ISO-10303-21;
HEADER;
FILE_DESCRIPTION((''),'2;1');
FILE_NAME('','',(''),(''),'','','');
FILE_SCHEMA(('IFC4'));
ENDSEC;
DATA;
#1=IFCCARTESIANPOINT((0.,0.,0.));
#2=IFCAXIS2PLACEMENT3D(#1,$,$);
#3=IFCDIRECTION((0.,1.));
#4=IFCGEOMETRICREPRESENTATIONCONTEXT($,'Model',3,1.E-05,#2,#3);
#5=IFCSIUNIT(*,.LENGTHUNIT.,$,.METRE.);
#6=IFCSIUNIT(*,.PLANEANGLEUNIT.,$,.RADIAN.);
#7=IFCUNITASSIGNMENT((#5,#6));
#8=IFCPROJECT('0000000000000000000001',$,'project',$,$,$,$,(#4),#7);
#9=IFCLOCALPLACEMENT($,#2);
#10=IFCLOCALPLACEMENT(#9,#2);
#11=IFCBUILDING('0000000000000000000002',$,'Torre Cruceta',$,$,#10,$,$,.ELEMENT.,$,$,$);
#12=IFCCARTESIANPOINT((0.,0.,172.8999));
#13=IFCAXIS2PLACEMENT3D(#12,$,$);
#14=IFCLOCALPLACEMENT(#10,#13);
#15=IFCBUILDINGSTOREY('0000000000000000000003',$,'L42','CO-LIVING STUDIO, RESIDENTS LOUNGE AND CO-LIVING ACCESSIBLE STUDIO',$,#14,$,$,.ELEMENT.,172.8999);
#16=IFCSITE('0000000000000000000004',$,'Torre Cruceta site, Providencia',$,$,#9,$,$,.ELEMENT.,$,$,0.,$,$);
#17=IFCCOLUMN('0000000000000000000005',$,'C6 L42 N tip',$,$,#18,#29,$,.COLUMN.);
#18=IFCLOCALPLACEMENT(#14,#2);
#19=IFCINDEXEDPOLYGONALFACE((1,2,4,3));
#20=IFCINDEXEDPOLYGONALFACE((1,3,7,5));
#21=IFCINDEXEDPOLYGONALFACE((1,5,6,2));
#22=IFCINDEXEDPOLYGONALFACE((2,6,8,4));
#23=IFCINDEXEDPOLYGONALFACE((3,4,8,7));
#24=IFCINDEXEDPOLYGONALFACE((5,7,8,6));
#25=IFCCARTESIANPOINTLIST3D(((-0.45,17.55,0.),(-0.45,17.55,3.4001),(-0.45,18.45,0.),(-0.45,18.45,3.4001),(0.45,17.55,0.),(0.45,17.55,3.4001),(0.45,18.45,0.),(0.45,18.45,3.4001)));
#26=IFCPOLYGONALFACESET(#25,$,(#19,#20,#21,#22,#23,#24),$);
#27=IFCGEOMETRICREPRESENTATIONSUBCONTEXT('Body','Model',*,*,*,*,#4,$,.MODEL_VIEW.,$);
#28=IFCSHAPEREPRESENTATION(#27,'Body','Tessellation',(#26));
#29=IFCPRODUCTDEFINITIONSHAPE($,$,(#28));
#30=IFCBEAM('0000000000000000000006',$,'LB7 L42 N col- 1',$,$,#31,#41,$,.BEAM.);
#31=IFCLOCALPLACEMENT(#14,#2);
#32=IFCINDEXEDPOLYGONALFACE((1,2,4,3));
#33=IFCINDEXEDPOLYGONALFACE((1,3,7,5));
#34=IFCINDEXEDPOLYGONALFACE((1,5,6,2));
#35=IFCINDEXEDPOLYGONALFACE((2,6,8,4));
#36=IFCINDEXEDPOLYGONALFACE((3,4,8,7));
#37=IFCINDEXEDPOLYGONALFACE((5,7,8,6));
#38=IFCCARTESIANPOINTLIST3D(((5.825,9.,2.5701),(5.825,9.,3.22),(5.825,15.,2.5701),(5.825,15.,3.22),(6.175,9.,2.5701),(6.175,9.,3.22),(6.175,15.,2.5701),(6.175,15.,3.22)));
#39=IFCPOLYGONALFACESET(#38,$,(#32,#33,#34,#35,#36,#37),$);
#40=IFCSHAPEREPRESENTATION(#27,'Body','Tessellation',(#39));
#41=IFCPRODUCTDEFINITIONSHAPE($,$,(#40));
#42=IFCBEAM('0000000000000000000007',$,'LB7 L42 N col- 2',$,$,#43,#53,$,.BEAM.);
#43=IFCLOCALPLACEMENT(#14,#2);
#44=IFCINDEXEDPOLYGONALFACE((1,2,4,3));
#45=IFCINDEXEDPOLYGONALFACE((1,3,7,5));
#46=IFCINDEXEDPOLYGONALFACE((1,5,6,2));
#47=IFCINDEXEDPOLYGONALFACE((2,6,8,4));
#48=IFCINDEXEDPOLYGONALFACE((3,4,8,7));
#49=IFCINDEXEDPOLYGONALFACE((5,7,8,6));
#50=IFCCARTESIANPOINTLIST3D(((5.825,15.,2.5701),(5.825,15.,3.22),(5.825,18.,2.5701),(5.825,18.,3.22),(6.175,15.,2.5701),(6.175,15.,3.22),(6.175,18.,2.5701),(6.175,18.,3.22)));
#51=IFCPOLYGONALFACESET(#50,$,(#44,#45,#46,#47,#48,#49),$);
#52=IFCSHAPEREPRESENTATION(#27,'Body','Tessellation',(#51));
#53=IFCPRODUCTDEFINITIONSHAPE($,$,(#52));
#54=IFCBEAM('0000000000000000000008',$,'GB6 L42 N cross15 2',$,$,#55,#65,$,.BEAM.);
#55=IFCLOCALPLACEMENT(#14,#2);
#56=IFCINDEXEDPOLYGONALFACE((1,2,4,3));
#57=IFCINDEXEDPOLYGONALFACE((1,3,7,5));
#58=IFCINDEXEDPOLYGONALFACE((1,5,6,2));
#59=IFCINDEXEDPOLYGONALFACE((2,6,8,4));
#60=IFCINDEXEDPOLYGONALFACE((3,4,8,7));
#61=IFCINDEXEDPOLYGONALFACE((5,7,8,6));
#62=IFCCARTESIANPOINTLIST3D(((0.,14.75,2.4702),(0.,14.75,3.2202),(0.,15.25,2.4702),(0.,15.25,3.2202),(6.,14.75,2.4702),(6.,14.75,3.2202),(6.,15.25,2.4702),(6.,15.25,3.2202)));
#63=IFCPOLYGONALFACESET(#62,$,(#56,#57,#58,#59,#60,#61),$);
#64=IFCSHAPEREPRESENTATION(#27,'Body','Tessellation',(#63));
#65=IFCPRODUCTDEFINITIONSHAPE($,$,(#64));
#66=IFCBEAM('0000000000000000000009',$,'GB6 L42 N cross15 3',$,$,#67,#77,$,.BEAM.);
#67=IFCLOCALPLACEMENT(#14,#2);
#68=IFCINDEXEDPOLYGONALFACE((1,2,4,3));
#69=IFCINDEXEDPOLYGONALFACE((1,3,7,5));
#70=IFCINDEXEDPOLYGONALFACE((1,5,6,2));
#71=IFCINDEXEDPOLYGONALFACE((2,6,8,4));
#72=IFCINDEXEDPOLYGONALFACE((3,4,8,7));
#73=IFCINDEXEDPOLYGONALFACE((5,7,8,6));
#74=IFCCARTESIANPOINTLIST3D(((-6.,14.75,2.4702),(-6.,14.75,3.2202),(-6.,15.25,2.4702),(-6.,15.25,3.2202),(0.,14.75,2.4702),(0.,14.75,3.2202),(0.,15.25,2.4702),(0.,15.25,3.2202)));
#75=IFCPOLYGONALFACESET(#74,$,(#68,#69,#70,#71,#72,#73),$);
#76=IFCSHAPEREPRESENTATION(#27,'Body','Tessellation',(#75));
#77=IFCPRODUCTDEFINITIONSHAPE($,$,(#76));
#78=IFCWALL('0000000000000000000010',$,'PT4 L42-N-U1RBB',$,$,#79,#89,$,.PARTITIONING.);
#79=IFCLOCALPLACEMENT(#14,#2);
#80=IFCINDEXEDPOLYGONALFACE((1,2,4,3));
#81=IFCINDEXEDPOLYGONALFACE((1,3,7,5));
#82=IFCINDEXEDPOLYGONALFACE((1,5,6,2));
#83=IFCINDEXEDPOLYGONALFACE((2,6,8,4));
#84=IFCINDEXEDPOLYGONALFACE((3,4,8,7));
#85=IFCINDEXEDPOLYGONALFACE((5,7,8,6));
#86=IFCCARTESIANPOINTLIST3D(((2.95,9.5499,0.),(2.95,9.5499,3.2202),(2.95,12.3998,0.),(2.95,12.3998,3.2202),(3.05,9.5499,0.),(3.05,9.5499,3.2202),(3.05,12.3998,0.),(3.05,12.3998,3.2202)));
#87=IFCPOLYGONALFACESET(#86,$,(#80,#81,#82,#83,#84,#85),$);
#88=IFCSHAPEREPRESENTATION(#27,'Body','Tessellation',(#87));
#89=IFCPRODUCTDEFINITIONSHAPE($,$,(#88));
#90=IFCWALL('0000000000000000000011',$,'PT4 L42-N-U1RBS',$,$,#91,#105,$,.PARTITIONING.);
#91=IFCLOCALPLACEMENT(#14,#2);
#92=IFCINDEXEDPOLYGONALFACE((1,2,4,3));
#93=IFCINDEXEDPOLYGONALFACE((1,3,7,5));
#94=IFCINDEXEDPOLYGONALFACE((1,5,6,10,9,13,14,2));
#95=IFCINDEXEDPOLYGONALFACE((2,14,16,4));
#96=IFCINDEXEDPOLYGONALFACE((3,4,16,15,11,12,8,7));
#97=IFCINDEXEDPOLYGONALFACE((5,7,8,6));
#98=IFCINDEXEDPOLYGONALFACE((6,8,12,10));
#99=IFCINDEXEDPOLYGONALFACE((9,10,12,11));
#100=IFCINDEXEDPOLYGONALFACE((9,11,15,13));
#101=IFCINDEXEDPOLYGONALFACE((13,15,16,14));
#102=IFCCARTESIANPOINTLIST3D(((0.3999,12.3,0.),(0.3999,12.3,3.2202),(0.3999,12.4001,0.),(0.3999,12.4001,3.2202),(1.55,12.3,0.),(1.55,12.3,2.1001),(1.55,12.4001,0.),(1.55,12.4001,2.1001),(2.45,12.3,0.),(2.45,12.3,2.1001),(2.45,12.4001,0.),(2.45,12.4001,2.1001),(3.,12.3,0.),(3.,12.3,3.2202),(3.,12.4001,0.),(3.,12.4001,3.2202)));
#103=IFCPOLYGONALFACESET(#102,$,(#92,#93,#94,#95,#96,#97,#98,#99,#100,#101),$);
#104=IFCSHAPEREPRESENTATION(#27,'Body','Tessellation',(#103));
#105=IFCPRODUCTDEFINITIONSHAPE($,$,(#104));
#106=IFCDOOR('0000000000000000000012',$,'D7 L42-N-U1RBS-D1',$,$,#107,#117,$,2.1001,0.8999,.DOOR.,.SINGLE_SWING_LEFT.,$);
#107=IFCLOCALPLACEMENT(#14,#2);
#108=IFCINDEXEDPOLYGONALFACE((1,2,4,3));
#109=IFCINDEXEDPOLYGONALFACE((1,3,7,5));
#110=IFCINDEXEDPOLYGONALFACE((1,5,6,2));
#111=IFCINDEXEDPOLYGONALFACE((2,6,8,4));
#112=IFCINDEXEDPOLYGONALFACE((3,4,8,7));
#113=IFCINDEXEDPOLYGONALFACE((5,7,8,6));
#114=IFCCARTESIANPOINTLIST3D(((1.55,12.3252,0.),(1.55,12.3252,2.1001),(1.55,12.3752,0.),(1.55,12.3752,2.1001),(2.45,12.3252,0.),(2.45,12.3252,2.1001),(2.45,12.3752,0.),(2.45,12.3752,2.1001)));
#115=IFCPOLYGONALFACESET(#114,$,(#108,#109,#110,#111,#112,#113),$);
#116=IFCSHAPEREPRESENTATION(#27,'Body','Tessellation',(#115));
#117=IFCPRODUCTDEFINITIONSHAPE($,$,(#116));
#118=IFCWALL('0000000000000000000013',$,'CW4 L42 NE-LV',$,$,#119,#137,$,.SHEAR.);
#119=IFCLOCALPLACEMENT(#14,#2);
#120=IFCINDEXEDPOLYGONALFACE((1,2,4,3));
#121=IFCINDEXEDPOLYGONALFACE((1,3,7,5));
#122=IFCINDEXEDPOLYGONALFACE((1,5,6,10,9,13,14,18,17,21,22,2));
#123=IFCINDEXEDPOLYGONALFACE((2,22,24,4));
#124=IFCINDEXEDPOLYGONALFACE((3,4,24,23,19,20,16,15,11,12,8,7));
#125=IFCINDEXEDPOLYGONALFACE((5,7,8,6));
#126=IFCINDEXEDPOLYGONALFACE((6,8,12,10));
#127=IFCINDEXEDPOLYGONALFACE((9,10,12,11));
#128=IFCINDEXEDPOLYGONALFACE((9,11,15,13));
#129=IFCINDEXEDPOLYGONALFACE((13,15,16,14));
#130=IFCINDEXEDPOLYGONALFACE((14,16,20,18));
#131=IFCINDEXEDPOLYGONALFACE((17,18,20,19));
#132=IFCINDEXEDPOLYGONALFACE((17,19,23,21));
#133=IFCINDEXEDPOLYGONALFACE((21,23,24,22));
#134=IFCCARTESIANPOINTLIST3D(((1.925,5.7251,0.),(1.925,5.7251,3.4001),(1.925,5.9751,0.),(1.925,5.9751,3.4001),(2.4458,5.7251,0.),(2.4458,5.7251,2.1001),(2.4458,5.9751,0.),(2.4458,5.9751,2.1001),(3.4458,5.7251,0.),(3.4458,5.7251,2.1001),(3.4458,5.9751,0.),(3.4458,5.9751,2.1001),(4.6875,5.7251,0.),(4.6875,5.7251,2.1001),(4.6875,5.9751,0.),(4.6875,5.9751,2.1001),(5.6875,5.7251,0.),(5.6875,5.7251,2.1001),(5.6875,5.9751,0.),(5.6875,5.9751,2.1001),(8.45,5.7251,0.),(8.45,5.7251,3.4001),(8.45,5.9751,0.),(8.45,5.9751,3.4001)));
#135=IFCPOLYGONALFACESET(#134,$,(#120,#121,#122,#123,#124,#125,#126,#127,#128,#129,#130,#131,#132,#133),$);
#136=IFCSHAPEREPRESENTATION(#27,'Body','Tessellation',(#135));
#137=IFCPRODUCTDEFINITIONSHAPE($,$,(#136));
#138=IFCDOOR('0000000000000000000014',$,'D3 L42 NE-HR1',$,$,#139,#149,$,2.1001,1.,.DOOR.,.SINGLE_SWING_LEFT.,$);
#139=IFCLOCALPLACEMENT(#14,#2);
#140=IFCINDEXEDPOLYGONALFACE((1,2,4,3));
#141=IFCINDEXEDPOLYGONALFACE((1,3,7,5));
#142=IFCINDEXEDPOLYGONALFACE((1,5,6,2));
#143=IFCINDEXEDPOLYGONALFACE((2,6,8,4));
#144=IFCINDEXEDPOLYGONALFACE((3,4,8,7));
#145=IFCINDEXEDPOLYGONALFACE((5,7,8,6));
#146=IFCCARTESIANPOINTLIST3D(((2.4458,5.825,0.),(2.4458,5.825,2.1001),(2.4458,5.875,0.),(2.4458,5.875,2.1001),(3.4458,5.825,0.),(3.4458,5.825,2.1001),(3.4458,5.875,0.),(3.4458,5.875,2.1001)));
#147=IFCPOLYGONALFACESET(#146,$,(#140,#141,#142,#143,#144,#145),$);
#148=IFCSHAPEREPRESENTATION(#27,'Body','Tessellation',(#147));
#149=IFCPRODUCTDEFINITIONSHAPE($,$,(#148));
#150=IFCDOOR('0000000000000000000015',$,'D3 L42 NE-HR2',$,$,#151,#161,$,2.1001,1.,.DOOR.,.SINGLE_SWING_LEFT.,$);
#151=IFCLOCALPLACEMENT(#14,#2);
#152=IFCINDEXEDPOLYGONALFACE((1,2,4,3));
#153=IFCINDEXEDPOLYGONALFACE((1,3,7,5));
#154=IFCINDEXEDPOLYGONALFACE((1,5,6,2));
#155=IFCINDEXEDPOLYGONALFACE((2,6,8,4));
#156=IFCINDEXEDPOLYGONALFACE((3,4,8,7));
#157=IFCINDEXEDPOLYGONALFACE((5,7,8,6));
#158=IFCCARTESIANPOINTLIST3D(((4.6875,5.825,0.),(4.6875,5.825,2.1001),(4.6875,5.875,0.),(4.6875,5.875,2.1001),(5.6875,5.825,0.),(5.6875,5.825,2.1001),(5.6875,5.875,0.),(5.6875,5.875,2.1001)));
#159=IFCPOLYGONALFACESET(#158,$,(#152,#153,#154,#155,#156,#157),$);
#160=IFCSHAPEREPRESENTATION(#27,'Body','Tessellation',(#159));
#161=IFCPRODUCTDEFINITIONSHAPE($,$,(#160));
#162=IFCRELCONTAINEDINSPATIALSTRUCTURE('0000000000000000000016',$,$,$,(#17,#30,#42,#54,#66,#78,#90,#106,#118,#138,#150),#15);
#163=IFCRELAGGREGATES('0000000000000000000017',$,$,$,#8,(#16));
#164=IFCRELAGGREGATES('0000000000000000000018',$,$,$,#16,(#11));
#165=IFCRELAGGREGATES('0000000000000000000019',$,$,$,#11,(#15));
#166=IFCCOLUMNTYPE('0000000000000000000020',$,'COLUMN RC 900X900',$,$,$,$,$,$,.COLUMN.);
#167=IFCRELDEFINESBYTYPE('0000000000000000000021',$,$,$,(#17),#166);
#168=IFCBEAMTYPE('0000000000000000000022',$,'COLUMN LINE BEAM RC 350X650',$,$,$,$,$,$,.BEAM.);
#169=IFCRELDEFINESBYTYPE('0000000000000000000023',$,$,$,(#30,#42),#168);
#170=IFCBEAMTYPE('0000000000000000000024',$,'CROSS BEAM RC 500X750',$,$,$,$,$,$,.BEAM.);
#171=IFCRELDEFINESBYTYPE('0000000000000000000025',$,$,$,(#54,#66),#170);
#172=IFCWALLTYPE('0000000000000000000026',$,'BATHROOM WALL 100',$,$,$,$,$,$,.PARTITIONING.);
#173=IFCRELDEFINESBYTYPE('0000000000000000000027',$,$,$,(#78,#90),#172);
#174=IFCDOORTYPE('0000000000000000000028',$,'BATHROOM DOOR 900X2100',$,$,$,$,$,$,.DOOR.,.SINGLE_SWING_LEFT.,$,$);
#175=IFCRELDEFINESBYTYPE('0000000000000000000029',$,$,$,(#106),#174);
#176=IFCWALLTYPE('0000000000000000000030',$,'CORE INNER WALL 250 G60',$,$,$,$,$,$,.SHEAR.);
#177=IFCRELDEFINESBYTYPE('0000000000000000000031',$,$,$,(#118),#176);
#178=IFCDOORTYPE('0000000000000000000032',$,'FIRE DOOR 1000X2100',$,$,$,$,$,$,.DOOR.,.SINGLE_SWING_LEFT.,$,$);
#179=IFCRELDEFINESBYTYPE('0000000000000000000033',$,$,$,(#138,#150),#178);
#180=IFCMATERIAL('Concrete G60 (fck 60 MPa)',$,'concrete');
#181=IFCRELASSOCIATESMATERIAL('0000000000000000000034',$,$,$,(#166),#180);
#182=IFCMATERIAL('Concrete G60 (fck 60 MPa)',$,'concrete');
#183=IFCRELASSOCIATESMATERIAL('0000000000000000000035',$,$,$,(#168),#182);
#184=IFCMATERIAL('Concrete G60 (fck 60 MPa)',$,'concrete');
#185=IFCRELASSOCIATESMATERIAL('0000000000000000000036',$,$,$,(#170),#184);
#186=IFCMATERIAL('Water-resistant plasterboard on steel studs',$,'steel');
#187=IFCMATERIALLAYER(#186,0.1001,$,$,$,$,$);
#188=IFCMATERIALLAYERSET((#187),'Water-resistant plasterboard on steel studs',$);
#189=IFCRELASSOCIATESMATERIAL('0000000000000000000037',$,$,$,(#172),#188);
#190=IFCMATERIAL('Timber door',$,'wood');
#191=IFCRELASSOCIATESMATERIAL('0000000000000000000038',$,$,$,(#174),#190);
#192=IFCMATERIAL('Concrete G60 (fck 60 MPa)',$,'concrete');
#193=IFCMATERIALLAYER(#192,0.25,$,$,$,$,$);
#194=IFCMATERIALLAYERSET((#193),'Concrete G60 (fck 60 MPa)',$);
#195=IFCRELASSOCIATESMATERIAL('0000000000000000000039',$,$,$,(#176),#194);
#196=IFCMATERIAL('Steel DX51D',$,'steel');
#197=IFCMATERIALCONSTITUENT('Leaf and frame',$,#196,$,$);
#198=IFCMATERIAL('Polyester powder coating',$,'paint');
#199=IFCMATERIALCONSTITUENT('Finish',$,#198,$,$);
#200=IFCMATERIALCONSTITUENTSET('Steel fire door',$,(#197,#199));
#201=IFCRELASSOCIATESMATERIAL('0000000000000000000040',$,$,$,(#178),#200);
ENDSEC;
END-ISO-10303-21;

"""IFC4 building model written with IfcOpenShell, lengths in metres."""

from ifc_helpers import new_model, si_unit, direction, frame, frame_2d, origin, origin_2d, place, context, subcontext, project, spatial, rectangle, extrude, material, layer, layer_set, constituent, constituent_set, material_profile, profile_set, type_object, element, fill, save


model = new_model("IFC4")

# Units and contexts
model_context = context("Model", 3, precision=1e-05, world=origin(), true_north=direction((0.0, 1.0)))
body_context = subcontext(model_context, "Body", "Model", "MODEL_VIEW")
ifc_project = project(units=[si_unit("LENGTHUNIT", "METRE"), si_unit("PLANEANGLEUNIT", "RADIAN")], contexts=[model_context])

# Site, building, storey
site_placement = place(None, origin())
site = spatial("IfcSite", under=ifc_project, at=site_placement, Name="Torre Cruceta site, Providencia", CompositionType="ELEMENT", RefElevation=0.0)
building_placement = place(site_placement, origin())
building = spatial("IfcBuilding", under=site, at=building_placement, Name="Torre Cruceta", CompositionType="ELEMENT")
storey_placement = place(building_placement, frame((0.0, 0.0, 172.8999)))
storey = spatial("IfcBuildingStorey", under=building, at=storey_placement, Name="L42", Description="CO-LIVING STUDIO, RESIDENTS LOUNGE AND CO-LIVING ACCESSIBLE STUDIO", CompositionType="ELEMENT", Elevation=172.8999)

# Column
ifc_material_1 = material(Name="Concrete G60 (fck 60 MPa)", Category="concrete")
ifc_material_profile_1 = material_profile(ifc_material_1, rectangle(XDim=0.8999, YDim=0.8999, at=origin_2d()), Name="RC 900X900")
ifc_profile_set_1 = profile_set([ifc_material_profile_1], Name="Concrete G60 (fck 60 MPa)")
column_type = type_object("IfcColumnType", Name="COLUMN RC 900X900", PredefinedType="COLUMN", material=ifc_profile_set_1)
column_placement = place(storey_placement, frame((0.0, 18.0, 0.0), z_axis=(0.0, 0.0, 1.0), x_axis=(1.0, 0.0, 0.0)))
element("IfcColumn", 1, at=column_placement, inside=storey, type_object=column_type, Name="C6 L42 N tip", PredefinedType="COLUMN", context=body_context, shape_type="SweptSolid", body=[
    extrude(rectangle(XDim=0.8999, YDim=0.8999, at=origin_2d()), origin(), (0.0, 0.0, 1.0), 3.4001),
])

# Beams
ifc_material_2 = material(Name="Concrete G60 (fck 60 MPa)", Category="concrete")
ifc_material_profile_2 = material_profile(ifc_material_2, rectangle(XDim=0.3501, YDim=0.6499, at=origin_2d()), Name="RC 350X650")
ifc_profile_set_2 = profile_set([ifc_material_profile_2], Name="Concrete G60 (fck 60 MPa)")
beam_type_1 = type_object("IfcBeamType", Name="COLUMN LINE BEAM RC 350X650", PredefinedType="BEAM", material=ifc_profile_set_2)
beam_1_placement = place(storey_placement, frame((6.0, 9.0, 2.895), z_axis=(0.0, 1.0, 0.0), x_axis=(-1.0, 0.0, 0.0)))
element("IfcBeam", 2, at=beam_1_placement, inside=storey, type_object=beam_type_1, Name="LB7 L42 N col- 1", PredefinedType="BEAM", context=body_context, shape_type="SweptSolid", body=[
    extrude(rectangle(XDim=0.3501, YDim=0.6499, at=origin_2d()), origin(), (0.0, 0.0, 1.0), 6.0),
])
beam_2_placement = place(storey_placement, frame((6.0, 15.0, 2.895), z_axis=(0.0, 1.0, 0.0), x_axis=(-1.0, 0.0, 0.0)))
element("IfcBeam", 3, at=beam_2_placement, inside=storey, type_object=beam_type_1, Name="LB7 L42 N col- 2", PredefinedType="BEAM", context=body_context, shape_type="SweptSolid", body=[
    extrude(rectangle(XDim=0.3501, YDim=0.6499, at=origin_2d()), origin(), (0.0, 0.0, 1.0), 3.0),
])
ifc_material_3 = material(Name="Concrete G60 (fck 60 MPa)", Category="concrete")
ifc_material_profile_3 = material_profile(ifc_material_3, rectangle(XDim=0.5, YDim=0.75, at=origin_2d()), Name="RC 500X750")
ifc_profile_set_3 = profile_set([ifc_material_profile_3], Name="Concrete G60 (fck 60 MPa)")
beam_type_2 = type_object("IfcBeamType", Name="CROSS BEAM RC 500X750", PredefinedType="BEAM", material=ifc_profile_set_3)
for number, where, z_axis, x_axis, name in (
    (4, (6.0, 15.0, 2.8452), (-1.0, 0.0, 0.0), (0.0, -1.0, 0.0), "GB6 L42 N cross15 2"),
    (5, (0.0, 15.0, 2.8452), (-1.0, 0.0, 0.0), (0.0, -1.0, 0.0), "GB6 L42 N cross15 3"),
):
    element("IfcBeam", number, at=place(storey_placement, frame(where, z_axis=z_axis, x_axis=x_axis)), inside=storey, type_object=beam_type_2, Name=name, PredefinedType="BEAM", context=body_context, shape_type="SweptSolid", body=[
        extrude(rectangle(XDim=0.5, YDim=0.75, at=origin_2d()), origin(), (0.0, 0.0, 1.0), 6.0),
    ])

# Wall
ifc_material_4 = material(Name="Water-resistant plasterboard on steel studs", Category="steel")
ifc_layer_1 = layer(ifc_material_4, 0.1001)
ifc_layer_set_1 = layer_set([ifc_layer_1], Name="Water-resistant plasterboard on steel studs")
wall_type_1 = type_object("IfcWallType", Name="BATHROOM WALL 100", PredefinedType="PARTITIONING", material=ifc_layer_set_1)
wall_1_placement = place(storey_placement, frame((3.0, 9.55, 0.0), z_axis=(0.0, 0.0, 1.0), x_axis=(0.0, 1.0, 0.0)))
element("IfcWall", 6, at=wall_1_placement, inside=storey, type_object=wall_type_1, Name="PT4 L42-N-U1RBB", PredefinedType="PARTITIONING", context=body_context, shape_type="SweptSolid", body=[
    extrude(rectangle(XDim=2.8499, YDim=0.1001, at=frame_2d((1.4248, 0.0))), origin(), (0.0, 0.0, 1.0), 3.2202),
])

# Wall, opening, door
wall_2_placement = place(storey_placement, frame((3.0, 12.3501, 0.0), z_axis=(0.0, 0.0, 1.0), x_axis=(-1.0, 0.0, 0.0)))
wall_2 = element("IfcWall", 7, at=wall_2_placement, inside=storey, type_object=wall_type_1, Name="PT4 L42-N-U1RBS", PredefinedType="PARTITIONING", context=body_context, shape_type="SweptSolid", body=[
    extrude(rectangle(XDim=2.6001, YDim=0.1001, at=frame_2d((1.3, 0.0))), origin(), (0.0, 0.0, 1.0), 3.2202),
])
opening_1_placement = place(wall_2_placement, frame((0.55, 0.0, 0.0)))
opening_1 = element("IfcOpeningElement", 8, at=opening_1_placement, cuts=wall_2, PredefinedType="OPENING", context=body_context, shape_type="SweptSolid", body=[
    extrude(rectangle(XDim=0.8999, YDim=2.1001, at=frame_2d((0.45, 1.05))), frame((0.0, 0.0601, 0.0), z_axis=(0.0, -1.0, 0.0), x_axis=(1.0, 0.0, 0.0)), (0.0, 0.0, 1.0), 0.1201),
])
ifc_material_5 = material(Name="Timber door", Category="wood")
door_type_1 = type_object("IfcDoorType", Name="BATHROOM DOOR 900X2100", OperationType="SINGLE_SWING_LEFT", PredefinedType="DOOR", material=ifc_material_5)
door_1_placement = place(opening_1_placement, origin())
door_1 = element("IfcDoor", 9, at=door_1_placement, inside=storey, type_object=door_type_1, Name="D7 L42-N-U1RBS-D1", OperationType="SINGLE_SWING_LEFT", OverallHeight=2.1001, OverallWidth=0.8999, PredefinedType="DOOR", context=body_context, shape_type="SweptSolid", body=[
    extrude(rectangle(XDim=0.8999, YDim=2.1001, at=frame_2d((0.45, 1.05))), frame((0.0, 0.0249, 0.0), z_axis=(0.0, -1.0, 0.0), x_axis=(1.0, 0.0, 0.0)), (0.0, 0.0, 1.0), 0.05),
])
fill(opening_1, door_1)

# Wall, openings, doors
ifc_material_6 = material(Name="Concrete G60 (fck 60 MPa)", Category="concrete")
ifc_layer_2 = layer(ifc_material_6, 0.25)
ifc_layer_set_2 = layer_set([ifc_layer_2], Name="Concrete G60 (fck 60 MPa)")
wall_type_2 = type_object("IfcWallType", Name="CORE INNER WALL 250 G60", PredefinedType="SHEAR", material=ifc_layer_set_2)
wall_3_placement = place(storey_placement, frame((1.925, 5.8501, 0.0), z_axis=(0.0, 0.0, 1.0), x_axis=(1.0, 0.0, 0.0)))
wall_3 = element("IfcWall", 10, at=wall_3_placement, inside=storey, type_object=wall_type_2, Name="CW4 L42 NE-LV", PredefinedType="SHEAR", context=body_context, shape_type="SweptSolid", body=[
    extrude(rectangle(XDim=6.5249, YDim=0.25, at=frame_2d((3.2625, 0.0))), origin(), (0.0, 0.0, 1.0), 3.4001),
])
opening_2_placement = place(wall_3_placement, frame((0.5208, 0.0, 0.0)))
opening_2 = element("IfcOpeningElement", 11, at=opening_2_placement, cuts=wall_3, PredefinedType="OPENING", context=body_context, shape_type="SweptSolid", body=[
    extrude(rectangle(XDim=1.0, YDim=2.1001, at=frame_2d((0.5, 1.05))), frame((0.0, 0.135, 0.0), z_axis=(0.0, -1.0, 0.0), x_axis=(1.0, 0.0, 0.0)), (0.0, 0.0, 1.0), 0.27),
])
opening_3_placement = place(wall_3_placement, frame((2.7625, 0.0, 0.0)))
opening_3 = element("IfcOpeningElement", 12, at=opening_3_placement, cuts=wall_3, PredefinedType="OPENING", context=body_context, shape_type="SweptSolid", body=[
    extrude(rectangle(XDim=1.0, YDim=2.1001, at=frame_2d((0.5, 1.05))), frame((0.0, 0.135, 0.0), z_axis=(0.0, -1.0, 0.0), x_axis=(1.0, 0.0, 0.0)), (0.0, 0.0, 1.0), 0.27),
])
ifc_material_7 = material(Name="Steel DX51D", Category="steel")
ifc_constituent_1 = constituent(ifc_material_7, Name="Leaf and frame")
ifc_material_8 = material(Name="Polyester powder coating", Category="paint")
ifc_constituent_2 = constituent(ifc_material_8, Name="Finish")
ifc_constituent_set_1 = constituent_set(constituents=[ifc_constituent_1, ifc_constituent_2], Name="Steel fire door")
door_type_2 = type_object("IfcDoorType", Name="FIRE DOOR 1000X2100", OperationType="SINGLE_SWING_LEFT", PredefinedType="DOOR", material=ifc_constituent_set_1)
door_2_placement = place(opening_2_placement, origin())
door_2 = element("IfcDoor", 13, at=door_2_placement, inside=storey, type_object=door_type_2, Name="D3 L42 NE-HR1", OperationType="SINGLE_SWING_LEFT", OverallHeight=2.1001, OverallWidth=1.0, PredefinedType="DOOR", context=body_context, shape_type="SweptSolid", body=[
    extrude(rectangle(XDim=1.0, YDim=2.1001, at=frame_2d((0.5, 1.05))), frame((0.0, 0.0249, 0.0), z_axis=(0.0, -1.0, 0.0), x_axis=(1.0, 0.0, 0.0)), (0.0, 0.0, 1.0), 0.05),
])
fill(opening_2, door_2)
door_3_placement = place(opening_3_placement, origin())
door_3 = element("IfcDoor", 14, at=door_3_placement, inside=storey, type_object=door_type_2, Name="D3 L42 NE-HR2", OperationType="SINGLE_SWING_LEFT", OverallHeight=2.1001, OverallWidth=1.0, PredefinedType="DOOR", context=body_context, shape_type="SweptSolid", body=[
    extrude(rectangle(XDim=1.0, YDim=2.1001, at=frame_2d((0.5, 1.05))), frame((0.0, 0.0249, 0.0), z_axis=(0.0, -1.0, 0.0), x_axis=(1.0, 0.0, 0.0)), (0.0, 0.0, 1.0), 0.05),
])
fill(opening_3, door_3)

save(model, "model.ifc")
